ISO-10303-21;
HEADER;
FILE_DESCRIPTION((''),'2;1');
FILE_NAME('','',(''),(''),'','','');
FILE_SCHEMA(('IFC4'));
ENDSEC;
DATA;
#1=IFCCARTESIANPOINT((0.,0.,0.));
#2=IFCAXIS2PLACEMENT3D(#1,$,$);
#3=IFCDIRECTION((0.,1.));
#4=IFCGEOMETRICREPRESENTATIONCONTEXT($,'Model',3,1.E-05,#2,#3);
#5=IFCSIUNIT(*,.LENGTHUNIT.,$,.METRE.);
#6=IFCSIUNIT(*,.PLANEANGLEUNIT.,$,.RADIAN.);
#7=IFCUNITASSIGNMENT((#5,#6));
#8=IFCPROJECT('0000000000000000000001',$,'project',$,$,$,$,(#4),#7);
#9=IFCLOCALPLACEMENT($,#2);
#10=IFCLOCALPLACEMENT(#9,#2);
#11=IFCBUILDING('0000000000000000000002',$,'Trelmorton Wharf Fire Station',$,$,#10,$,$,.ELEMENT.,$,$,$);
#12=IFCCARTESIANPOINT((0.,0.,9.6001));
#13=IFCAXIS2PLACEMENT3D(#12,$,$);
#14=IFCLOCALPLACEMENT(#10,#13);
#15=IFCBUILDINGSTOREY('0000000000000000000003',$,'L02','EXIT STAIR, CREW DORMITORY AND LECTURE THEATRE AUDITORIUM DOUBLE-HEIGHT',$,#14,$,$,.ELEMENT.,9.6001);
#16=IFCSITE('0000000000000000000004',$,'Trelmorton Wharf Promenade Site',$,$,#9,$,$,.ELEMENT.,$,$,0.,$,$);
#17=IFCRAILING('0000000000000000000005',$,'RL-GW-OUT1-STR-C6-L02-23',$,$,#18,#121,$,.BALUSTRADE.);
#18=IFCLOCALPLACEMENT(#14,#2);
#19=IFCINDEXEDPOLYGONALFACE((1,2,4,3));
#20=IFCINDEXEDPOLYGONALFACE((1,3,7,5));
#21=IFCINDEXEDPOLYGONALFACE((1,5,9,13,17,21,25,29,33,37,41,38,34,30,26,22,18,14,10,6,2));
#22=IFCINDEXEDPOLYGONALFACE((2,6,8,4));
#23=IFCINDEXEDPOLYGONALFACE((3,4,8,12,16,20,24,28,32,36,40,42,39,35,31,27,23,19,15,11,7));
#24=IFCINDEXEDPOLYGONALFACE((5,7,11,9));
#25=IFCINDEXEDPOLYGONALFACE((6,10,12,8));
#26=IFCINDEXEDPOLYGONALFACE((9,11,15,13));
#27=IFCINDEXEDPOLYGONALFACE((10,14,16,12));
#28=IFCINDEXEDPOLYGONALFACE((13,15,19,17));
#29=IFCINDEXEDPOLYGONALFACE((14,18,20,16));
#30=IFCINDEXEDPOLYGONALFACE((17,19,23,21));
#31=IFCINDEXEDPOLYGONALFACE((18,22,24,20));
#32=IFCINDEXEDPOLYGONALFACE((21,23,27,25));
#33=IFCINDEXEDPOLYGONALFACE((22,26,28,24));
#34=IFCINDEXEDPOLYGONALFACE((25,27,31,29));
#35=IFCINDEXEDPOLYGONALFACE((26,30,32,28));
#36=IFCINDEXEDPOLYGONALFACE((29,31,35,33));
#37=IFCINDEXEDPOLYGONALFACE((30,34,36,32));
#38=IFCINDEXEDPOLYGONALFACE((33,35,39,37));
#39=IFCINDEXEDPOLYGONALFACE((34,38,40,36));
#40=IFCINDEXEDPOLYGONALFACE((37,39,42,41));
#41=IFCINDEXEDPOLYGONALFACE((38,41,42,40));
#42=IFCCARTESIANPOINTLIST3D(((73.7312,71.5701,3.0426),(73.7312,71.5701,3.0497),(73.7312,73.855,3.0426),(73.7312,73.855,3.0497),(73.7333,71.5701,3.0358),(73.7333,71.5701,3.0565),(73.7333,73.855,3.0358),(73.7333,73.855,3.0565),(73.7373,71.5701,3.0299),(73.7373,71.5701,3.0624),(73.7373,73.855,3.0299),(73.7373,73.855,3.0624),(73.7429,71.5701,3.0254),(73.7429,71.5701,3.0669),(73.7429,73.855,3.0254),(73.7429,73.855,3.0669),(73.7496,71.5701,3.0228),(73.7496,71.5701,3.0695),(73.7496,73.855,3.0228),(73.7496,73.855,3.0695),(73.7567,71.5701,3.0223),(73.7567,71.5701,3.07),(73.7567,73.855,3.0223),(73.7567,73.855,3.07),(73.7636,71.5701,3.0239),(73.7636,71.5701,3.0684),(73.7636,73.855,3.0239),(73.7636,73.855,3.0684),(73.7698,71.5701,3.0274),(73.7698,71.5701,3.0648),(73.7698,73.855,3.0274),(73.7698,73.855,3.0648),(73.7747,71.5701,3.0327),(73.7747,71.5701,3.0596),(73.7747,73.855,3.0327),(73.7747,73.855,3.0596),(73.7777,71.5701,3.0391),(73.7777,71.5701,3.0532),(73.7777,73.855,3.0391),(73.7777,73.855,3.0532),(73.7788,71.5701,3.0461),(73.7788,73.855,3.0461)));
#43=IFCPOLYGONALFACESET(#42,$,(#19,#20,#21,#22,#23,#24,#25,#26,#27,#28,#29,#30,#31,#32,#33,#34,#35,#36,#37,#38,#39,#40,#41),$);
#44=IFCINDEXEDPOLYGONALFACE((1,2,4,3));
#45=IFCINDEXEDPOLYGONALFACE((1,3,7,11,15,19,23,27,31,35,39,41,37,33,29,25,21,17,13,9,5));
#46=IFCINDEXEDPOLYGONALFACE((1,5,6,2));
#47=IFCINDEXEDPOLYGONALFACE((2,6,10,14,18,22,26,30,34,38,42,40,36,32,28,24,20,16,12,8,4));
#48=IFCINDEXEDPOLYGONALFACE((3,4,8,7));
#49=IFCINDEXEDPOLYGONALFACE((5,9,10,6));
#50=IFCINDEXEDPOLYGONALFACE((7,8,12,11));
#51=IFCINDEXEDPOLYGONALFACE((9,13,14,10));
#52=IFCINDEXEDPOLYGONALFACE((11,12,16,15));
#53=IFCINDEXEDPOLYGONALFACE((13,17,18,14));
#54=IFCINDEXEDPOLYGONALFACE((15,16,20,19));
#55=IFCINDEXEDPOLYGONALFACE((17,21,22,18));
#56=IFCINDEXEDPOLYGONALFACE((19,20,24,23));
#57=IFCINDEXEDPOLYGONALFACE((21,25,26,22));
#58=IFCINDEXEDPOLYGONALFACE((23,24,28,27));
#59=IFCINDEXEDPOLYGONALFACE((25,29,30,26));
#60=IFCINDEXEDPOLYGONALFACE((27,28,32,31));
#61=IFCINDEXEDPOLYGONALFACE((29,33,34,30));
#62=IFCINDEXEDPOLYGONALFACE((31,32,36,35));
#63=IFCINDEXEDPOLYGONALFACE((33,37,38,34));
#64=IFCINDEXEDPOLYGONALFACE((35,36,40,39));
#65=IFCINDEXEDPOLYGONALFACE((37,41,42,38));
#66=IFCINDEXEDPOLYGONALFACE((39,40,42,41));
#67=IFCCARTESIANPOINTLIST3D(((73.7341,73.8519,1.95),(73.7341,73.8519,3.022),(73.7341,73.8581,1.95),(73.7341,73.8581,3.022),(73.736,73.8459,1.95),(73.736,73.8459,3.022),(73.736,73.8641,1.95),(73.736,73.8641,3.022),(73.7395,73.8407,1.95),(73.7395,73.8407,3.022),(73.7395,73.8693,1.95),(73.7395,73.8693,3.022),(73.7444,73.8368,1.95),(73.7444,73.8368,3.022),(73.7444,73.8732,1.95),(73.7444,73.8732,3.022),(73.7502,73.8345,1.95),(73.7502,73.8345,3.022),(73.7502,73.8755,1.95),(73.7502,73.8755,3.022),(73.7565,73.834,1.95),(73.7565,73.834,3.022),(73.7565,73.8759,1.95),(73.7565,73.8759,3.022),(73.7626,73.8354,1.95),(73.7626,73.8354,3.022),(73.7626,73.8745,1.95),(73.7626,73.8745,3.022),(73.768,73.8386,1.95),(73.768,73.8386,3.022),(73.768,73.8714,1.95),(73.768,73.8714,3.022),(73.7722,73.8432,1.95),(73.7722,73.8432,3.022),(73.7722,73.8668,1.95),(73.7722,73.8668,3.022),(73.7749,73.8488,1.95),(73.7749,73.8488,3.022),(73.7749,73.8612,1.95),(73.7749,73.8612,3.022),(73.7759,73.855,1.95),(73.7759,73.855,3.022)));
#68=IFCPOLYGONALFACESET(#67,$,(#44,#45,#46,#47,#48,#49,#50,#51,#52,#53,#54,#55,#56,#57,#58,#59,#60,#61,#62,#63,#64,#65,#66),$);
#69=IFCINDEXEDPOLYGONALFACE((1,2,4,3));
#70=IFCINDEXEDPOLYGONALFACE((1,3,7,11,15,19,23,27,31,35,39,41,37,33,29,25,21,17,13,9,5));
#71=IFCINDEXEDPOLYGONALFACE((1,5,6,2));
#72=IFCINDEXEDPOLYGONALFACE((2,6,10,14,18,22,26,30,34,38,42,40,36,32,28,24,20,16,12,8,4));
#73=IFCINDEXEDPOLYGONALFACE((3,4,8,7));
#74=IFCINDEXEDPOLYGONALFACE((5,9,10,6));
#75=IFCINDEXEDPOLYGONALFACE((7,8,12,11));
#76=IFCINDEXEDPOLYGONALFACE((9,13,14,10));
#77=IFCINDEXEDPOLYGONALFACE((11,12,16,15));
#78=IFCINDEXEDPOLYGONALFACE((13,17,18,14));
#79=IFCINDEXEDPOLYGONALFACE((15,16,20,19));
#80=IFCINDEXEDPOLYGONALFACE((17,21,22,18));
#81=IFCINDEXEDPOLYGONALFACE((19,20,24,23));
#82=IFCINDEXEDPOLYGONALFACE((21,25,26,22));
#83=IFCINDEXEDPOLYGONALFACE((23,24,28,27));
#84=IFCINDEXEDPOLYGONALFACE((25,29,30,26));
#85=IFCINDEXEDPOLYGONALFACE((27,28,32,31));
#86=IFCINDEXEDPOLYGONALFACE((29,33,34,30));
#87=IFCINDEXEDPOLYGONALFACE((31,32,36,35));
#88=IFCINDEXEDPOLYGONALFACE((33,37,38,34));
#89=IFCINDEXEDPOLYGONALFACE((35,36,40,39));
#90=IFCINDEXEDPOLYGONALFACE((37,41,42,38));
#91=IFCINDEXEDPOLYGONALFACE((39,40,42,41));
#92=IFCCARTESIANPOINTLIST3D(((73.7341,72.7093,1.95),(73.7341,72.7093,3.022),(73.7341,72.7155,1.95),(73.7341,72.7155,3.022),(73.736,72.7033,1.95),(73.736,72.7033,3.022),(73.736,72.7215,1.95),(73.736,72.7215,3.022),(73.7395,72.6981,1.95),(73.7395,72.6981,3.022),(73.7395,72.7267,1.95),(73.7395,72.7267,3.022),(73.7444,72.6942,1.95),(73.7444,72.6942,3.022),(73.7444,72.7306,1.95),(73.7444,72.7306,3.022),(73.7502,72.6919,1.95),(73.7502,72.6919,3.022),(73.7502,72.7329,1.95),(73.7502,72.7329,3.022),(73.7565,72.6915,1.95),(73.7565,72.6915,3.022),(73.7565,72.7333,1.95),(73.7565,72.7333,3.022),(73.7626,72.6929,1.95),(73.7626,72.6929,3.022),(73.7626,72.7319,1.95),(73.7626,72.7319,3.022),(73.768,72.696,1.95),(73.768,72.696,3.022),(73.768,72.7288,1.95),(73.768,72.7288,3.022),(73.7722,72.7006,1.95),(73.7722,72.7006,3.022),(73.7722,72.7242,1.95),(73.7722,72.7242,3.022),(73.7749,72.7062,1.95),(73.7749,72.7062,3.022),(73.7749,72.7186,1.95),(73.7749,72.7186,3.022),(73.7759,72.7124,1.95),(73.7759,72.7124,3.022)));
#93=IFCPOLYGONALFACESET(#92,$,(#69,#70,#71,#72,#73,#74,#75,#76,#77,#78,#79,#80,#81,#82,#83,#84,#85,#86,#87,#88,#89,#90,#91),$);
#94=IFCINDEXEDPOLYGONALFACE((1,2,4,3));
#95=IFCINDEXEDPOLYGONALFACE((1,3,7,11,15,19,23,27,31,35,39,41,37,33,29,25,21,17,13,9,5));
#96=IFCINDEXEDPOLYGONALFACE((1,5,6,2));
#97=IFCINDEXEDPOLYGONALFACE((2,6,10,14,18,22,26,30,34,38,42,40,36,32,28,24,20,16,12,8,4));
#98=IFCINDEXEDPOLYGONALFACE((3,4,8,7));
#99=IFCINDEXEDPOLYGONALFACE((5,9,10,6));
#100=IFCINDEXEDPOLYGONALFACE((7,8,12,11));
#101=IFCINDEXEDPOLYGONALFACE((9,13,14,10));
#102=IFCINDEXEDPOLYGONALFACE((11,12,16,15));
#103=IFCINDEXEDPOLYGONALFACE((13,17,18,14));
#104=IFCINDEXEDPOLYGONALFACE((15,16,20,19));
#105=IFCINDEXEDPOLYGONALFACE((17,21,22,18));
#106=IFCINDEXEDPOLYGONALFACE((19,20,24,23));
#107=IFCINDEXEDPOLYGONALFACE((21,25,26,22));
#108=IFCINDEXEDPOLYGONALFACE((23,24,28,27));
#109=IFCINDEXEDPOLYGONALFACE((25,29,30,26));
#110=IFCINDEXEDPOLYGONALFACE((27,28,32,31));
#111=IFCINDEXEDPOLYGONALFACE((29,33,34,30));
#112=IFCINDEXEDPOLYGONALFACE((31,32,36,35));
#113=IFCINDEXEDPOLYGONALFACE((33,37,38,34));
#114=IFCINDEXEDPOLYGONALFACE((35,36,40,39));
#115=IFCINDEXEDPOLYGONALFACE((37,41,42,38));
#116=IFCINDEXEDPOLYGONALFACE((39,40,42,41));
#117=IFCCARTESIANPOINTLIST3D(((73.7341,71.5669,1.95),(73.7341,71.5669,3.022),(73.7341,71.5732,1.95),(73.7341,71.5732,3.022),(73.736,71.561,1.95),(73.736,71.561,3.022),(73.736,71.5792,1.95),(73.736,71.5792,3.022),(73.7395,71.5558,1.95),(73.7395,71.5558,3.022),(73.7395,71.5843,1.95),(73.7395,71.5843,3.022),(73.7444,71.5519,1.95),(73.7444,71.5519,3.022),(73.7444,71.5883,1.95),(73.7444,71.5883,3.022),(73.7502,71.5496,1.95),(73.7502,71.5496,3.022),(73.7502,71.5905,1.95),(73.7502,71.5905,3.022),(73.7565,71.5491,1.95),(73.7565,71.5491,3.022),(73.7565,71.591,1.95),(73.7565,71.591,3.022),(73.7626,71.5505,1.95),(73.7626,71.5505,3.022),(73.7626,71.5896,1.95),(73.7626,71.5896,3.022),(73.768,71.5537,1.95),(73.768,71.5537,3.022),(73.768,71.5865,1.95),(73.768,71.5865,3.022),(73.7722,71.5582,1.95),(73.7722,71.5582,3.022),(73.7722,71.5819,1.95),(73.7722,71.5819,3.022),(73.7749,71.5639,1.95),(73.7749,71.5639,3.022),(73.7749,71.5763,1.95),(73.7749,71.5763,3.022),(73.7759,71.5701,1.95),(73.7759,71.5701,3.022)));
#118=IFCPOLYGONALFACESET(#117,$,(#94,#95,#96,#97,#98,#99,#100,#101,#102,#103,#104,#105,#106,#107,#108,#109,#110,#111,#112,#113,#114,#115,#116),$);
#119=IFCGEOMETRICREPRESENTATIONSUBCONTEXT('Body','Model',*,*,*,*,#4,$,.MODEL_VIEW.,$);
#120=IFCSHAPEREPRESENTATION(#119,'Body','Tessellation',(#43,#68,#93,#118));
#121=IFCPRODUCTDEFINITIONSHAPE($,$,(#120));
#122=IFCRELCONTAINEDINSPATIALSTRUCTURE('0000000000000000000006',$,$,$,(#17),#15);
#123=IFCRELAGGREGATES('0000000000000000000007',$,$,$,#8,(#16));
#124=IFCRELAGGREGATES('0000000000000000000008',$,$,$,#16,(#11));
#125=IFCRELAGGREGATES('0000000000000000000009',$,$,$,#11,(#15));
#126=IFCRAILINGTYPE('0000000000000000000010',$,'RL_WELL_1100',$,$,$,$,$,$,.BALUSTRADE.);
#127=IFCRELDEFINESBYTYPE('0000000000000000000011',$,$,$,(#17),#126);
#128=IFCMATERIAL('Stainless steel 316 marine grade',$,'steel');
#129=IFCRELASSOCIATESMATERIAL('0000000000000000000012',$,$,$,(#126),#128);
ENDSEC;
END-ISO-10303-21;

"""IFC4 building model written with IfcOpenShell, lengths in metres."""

from ifc_helpers import new_model, si_unit, direction, frame, origin, origin_2d, place, context, subcontext, project, spatial, circle, extrude, material, type_object, element, save


model = new_model("IFC4")

# Units and contexts
model_context = context("Model", 3, precision=1e-05, world=origin(), true_north=direction((0.0, 1.0)))
body_context = subcontext(model_context, "Body", "Model", "MODEL_VIEW")
ifc_project = project(units=[si_unit("LENGTHUNIT", "METRE"), si_unit("PLANEANGLEUNIT", "RADIAN")], contexts=[model_context])

# Site, building, storey
site_placement = place(None, origin())
site = spatial("IfcSite", under=ifc_project, at=site_placement, Name="Trelmorton Wharf Promenade Site", CompositionType="ELEMENT", RefElevation=0.0)
building_placement = place(site_placement, origin())
building = spatial("IfcBuilding", under=site, at=building_placement, Name="Trelmorton Wharf Fire Station", CompositionType="ELEMENT")
storey_placement = place(building_placement, frame((0.0, 0.0, 9.6001)))
storey = spatial("IfcBuildingStorey", under=building, at=storey_placement, Name="L02", Description="EXIT STAIR, CREW DORMITORY AND LECTURE THEATRE AUDITORIUM DOUBLE-HEIGHT", CompositionType="ELEMENT", Elevation=9.6001)

# Shared definitions
ifc_material_1 = material(Name="Stainless steel 316 marine grade", Category="steel")

# Railing
railing_type_1 = type_object("IfcRailingType", Name="RL_WELL_1100", PredefinedType="BALUSTRADE", material=ifc_material_1)
railing_1_placement = place(storey_placement, frame((73.7549, 73.855, 1.95)))
element("IfcRailing", 1, at=railing_1_placement, inside=storey, type_object=railing_type_1, Name="RL-GW-OUT1-STR-C6-L02-23", PredefinedType="BALUSTRADE", context=body_context, shape_type="SweptSolid", body=[
    extrude(circle(Radius=0.0239, at=origin_2d()), frame((0.0, 0.0, 1.0962), z_axis=(0.0, -1.0, 0.0), x_axis=(1.0, 0.0, 0.0)), (0.0, 0.0, 1.0), 2.2849),
    extrude(circle(Radius=0.021, at=origin_2d()), origin(), (0.0, 0.0, 1.0), 1.072),
    extrude(circle(Radius=0.021, at=origin_2d()), frame((0.0, -1.1426, 0.0)), (0.0, 0.0, 1.0), 1.072),
    extrude(circle(Radius=0.021, at=origin_2d()), frame((0.0, -2.2849, 0.0)), (0.0, 0.0, 1.0), 1.072),
])

save(model, "model.ifc")
